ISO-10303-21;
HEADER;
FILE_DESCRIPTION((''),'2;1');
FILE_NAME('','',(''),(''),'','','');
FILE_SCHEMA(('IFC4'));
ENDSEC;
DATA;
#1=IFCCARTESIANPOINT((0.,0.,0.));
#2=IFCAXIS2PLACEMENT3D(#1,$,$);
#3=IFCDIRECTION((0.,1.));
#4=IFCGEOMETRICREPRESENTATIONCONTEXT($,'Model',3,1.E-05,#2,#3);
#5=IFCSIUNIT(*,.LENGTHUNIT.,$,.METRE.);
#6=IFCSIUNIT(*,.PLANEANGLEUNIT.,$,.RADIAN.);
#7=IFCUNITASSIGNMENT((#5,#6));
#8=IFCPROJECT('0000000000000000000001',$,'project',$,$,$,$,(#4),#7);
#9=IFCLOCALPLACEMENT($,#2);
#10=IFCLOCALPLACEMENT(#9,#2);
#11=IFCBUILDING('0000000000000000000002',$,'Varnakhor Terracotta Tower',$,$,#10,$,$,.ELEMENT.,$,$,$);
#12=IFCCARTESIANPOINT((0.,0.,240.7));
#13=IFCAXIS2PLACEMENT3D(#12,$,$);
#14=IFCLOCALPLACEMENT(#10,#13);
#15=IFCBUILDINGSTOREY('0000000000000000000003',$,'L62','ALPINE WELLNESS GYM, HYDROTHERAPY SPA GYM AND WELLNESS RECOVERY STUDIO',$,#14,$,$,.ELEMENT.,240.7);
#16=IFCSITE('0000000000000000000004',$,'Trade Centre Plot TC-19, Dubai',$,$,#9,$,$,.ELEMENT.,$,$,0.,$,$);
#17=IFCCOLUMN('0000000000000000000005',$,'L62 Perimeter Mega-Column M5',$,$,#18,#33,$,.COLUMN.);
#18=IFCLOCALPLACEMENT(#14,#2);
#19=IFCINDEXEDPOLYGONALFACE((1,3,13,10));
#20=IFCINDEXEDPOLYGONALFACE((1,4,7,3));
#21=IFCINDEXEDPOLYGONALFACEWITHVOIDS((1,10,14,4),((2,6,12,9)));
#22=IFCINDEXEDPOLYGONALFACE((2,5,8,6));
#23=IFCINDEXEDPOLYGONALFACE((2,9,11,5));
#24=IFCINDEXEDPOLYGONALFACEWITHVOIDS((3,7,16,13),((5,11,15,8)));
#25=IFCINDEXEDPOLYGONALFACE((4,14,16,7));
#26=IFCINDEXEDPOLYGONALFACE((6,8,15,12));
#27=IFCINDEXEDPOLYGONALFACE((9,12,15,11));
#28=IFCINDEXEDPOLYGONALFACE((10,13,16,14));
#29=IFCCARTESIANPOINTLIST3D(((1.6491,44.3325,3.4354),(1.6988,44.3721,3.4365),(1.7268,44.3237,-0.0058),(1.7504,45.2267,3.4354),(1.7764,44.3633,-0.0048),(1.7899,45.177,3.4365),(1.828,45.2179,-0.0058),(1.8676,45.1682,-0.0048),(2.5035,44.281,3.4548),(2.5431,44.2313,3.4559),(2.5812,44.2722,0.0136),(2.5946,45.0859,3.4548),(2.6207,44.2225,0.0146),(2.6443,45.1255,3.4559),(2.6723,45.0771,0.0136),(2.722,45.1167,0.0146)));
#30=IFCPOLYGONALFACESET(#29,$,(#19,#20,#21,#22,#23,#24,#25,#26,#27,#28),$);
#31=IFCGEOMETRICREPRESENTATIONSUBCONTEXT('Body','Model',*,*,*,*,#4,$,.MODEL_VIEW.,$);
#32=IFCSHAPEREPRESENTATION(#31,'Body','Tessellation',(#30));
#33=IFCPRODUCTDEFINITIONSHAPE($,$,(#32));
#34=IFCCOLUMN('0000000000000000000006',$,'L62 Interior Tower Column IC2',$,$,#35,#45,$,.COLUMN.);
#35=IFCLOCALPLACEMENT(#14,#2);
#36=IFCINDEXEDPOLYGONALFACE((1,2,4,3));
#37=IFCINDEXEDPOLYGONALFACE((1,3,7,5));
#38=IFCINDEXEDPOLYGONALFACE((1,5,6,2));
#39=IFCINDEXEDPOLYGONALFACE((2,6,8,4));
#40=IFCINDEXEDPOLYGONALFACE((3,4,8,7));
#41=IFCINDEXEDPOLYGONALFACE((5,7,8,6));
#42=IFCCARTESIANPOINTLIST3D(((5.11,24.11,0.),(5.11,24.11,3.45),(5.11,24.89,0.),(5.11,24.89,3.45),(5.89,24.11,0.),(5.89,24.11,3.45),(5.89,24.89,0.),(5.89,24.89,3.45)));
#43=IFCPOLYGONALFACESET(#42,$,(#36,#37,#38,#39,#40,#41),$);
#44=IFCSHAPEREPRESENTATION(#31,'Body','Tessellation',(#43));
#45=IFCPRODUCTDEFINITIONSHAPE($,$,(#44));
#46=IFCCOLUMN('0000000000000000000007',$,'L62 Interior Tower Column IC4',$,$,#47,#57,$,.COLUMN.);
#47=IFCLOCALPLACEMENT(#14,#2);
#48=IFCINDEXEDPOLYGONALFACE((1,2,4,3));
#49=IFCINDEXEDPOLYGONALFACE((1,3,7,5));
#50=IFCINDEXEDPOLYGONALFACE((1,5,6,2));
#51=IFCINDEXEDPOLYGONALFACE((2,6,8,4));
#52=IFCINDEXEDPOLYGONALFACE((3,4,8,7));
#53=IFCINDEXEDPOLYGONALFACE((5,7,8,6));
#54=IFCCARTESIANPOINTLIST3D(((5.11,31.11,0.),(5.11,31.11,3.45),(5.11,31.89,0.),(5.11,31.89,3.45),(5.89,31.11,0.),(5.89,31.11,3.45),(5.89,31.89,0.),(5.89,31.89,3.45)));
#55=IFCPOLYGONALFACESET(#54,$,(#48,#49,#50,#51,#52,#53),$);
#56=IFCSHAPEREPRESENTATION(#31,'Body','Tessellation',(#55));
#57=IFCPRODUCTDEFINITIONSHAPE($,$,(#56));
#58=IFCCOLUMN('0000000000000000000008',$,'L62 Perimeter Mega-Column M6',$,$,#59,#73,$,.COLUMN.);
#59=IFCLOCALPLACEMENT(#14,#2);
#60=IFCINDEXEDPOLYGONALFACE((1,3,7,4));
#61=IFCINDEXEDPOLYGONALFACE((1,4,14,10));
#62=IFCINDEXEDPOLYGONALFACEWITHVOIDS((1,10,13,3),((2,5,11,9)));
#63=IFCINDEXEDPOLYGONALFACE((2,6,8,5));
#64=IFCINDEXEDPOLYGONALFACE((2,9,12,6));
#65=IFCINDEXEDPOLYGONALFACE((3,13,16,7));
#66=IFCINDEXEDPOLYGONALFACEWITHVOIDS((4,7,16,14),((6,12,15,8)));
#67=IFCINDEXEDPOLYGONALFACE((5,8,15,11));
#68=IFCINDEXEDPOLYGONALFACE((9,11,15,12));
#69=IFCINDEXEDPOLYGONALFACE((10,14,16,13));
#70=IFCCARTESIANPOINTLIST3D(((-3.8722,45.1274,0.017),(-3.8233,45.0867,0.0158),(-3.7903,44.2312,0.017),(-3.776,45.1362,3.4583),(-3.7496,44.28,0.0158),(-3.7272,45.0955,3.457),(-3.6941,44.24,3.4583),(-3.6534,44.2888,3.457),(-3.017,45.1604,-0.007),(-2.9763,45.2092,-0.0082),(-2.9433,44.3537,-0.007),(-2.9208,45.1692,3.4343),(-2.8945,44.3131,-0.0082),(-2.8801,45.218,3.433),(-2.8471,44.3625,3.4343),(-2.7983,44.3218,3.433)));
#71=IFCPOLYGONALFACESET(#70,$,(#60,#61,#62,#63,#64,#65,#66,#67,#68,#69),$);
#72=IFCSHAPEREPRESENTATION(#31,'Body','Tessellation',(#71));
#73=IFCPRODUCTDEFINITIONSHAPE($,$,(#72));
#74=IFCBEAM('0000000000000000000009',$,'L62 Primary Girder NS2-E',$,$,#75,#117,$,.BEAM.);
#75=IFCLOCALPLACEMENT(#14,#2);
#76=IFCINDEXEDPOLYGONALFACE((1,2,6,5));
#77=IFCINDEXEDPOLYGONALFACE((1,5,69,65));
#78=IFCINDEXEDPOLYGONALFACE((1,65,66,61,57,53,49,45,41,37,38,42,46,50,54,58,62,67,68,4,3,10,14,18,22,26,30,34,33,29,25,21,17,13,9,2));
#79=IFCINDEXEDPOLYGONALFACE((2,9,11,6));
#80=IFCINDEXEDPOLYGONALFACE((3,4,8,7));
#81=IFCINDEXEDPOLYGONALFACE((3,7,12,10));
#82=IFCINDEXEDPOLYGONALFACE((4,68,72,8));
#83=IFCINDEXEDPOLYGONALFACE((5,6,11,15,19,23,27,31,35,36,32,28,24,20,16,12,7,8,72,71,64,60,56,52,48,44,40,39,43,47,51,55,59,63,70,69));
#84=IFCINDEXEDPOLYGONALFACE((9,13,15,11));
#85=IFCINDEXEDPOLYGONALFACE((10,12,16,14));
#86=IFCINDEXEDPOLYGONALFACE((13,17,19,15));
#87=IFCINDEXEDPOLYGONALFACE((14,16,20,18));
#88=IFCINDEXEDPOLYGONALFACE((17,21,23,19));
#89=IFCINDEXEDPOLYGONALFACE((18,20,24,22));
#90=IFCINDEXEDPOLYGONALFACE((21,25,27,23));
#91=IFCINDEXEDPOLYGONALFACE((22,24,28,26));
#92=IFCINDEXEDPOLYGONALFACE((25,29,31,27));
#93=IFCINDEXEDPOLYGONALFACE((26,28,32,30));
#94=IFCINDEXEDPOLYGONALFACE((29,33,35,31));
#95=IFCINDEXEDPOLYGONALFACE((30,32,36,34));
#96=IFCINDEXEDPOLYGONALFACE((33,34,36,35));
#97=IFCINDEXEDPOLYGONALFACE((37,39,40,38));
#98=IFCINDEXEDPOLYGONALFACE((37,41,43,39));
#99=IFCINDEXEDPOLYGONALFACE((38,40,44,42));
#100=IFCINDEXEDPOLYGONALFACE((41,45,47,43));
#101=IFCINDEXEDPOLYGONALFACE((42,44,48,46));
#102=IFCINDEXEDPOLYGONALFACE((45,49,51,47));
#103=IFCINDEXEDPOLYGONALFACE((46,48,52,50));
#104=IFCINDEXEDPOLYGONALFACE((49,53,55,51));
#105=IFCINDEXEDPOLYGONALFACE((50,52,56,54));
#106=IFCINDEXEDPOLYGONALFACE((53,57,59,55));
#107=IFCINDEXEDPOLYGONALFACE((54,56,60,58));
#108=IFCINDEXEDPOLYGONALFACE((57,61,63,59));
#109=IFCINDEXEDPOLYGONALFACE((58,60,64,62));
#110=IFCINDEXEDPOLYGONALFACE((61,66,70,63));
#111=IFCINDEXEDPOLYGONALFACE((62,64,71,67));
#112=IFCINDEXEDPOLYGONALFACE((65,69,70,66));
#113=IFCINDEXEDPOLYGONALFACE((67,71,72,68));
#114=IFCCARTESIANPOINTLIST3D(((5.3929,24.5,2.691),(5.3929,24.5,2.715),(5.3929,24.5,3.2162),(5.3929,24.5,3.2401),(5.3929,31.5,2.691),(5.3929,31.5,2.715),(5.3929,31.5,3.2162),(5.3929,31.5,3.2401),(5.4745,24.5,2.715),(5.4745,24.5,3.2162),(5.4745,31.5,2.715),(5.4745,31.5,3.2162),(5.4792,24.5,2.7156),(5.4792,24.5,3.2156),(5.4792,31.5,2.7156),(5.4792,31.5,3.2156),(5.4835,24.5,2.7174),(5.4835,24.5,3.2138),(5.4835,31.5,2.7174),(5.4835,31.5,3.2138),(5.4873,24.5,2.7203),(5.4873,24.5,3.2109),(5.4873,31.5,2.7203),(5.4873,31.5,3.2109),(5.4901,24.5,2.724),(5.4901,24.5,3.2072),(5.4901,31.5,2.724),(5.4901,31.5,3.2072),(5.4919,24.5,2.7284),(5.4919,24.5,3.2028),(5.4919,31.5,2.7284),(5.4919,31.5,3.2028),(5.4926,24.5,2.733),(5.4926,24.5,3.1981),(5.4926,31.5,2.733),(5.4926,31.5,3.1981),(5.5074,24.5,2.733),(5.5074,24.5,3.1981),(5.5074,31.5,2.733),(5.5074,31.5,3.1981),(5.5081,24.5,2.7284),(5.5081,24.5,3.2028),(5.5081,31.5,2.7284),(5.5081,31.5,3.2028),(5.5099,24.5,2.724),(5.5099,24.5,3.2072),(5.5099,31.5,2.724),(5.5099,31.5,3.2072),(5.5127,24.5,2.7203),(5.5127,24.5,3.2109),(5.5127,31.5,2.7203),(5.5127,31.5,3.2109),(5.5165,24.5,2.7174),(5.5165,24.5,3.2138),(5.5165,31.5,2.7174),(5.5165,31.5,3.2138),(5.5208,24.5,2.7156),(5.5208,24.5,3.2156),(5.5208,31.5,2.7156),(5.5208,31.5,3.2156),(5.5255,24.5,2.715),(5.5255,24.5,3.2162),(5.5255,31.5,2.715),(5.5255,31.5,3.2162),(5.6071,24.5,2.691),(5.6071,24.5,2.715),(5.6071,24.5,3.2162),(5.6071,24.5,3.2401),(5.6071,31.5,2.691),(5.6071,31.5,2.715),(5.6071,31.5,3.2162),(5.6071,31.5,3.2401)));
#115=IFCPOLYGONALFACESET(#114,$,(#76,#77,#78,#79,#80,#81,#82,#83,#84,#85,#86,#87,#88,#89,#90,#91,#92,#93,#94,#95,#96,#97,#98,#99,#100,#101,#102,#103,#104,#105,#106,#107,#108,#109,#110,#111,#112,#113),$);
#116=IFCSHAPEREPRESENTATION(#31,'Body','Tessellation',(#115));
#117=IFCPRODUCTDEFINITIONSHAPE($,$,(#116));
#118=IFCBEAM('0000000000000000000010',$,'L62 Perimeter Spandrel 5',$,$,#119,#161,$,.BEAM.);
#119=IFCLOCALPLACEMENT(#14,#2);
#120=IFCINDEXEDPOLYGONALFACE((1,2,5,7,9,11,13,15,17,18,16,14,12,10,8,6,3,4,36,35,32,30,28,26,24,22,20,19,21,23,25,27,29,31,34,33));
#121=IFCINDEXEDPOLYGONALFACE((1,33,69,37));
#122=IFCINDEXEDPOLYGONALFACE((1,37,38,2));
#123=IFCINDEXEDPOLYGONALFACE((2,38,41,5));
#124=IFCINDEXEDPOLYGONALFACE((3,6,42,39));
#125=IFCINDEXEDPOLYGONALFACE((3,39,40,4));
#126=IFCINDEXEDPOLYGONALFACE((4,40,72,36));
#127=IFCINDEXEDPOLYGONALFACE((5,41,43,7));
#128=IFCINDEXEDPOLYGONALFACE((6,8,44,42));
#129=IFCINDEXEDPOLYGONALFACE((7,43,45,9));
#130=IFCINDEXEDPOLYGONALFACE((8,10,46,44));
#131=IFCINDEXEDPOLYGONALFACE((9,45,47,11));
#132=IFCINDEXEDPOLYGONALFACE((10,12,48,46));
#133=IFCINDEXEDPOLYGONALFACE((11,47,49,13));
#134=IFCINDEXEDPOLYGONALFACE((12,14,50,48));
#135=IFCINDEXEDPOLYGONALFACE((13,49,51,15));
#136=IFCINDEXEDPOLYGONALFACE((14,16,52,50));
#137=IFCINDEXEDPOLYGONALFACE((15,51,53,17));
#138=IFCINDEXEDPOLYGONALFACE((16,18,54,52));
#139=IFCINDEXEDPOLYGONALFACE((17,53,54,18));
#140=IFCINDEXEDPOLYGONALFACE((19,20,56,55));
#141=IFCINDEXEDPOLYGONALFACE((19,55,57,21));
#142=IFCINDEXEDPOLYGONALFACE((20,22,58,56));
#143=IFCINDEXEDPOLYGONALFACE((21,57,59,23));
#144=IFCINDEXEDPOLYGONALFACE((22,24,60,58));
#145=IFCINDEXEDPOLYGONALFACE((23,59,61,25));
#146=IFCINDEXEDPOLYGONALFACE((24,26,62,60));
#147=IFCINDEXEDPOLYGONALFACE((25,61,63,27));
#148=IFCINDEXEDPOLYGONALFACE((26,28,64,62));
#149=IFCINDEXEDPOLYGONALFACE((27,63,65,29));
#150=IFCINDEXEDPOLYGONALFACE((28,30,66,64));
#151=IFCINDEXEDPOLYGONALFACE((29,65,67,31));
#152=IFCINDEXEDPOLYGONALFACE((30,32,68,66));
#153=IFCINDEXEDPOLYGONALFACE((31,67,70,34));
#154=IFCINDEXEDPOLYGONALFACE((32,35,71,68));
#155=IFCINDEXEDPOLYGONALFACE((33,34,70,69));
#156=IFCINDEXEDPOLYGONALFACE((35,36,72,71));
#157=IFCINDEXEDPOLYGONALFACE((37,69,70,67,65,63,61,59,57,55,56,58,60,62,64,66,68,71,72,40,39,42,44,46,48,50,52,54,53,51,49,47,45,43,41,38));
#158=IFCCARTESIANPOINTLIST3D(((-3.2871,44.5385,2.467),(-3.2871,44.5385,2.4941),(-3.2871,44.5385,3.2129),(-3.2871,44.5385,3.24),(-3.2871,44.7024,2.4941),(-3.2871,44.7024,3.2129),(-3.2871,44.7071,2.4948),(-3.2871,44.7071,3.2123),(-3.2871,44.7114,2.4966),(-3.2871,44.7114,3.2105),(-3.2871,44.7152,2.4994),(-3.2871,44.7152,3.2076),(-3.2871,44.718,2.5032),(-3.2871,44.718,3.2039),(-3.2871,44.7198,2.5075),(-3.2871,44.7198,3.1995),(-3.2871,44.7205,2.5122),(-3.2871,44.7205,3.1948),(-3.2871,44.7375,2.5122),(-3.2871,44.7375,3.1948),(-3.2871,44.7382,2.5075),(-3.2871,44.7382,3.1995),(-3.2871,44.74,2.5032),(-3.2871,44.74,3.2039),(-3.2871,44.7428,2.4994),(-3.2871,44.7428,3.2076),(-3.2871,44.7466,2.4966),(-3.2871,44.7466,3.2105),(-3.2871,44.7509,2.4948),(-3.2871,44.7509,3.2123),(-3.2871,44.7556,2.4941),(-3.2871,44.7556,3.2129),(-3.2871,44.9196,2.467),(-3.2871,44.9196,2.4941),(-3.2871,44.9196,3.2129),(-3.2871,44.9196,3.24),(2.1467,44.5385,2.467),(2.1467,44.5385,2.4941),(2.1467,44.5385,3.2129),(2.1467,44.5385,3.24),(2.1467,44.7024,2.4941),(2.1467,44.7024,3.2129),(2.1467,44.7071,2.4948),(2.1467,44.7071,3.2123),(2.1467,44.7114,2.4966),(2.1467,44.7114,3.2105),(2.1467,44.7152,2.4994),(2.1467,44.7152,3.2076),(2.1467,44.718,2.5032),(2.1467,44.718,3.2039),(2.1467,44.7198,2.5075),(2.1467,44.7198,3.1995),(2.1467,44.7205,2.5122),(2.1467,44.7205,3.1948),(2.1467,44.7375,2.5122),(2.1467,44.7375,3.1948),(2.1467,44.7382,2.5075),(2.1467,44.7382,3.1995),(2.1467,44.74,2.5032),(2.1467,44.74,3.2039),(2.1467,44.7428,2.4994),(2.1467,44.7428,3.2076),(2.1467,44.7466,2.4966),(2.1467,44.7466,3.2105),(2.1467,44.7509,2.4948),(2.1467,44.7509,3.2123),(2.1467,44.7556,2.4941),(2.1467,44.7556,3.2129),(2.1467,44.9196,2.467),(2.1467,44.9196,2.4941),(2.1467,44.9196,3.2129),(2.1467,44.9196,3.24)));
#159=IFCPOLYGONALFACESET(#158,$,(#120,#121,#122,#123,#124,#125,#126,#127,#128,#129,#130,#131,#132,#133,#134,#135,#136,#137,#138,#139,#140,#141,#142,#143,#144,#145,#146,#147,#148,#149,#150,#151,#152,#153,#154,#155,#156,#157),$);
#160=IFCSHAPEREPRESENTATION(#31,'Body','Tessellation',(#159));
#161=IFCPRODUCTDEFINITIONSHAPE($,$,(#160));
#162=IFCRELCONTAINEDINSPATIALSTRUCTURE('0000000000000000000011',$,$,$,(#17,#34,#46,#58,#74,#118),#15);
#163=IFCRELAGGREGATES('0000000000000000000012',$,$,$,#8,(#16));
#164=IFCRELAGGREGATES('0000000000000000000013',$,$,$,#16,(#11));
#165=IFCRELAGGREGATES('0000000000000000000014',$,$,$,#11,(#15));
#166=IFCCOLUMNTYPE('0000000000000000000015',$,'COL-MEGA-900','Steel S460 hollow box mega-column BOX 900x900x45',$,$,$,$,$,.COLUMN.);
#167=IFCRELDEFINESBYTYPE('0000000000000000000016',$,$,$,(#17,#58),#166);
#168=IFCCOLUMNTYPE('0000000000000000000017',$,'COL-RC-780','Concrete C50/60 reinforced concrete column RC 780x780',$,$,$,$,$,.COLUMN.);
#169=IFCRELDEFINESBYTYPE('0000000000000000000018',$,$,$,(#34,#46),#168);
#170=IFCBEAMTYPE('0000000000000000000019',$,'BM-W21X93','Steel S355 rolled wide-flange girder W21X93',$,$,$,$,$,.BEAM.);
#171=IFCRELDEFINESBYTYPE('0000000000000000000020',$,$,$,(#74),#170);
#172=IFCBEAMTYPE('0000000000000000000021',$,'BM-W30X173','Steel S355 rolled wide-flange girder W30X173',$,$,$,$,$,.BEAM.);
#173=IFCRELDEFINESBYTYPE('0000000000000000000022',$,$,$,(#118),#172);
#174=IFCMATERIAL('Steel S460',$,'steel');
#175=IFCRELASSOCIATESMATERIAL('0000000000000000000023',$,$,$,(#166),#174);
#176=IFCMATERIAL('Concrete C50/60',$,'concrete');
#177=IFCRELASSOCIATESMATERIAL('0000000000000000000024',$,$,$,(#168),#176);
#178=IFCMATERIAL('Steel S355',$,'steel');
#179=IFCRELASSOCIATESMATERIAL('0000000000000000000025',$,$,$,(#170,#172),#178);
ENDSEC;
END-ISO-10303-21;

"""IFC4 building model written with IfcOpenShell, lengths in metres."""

from ifc_helpers import new_model, si_unit, direction, frame, origin, origin_2d, place, context, subcontext, project, spatial, rectangle, hollow_rectangle, i_section, extrude, source, transform, mapped, material, material_profile, profile_set, type_object, element, save


model = new_model("IFC4")

# Units and contexts
model_context = context("Model", 3, precision=1e-05, world=origin(), true_north=direction((0.0, 1.0)))
body_context = subcontext(model_context, "Body", "Model", "MODEL_VIEW")
ifc_project = project(units=[si_unit("LENGTHUNIT", "METRE"), si_unit("PLANEANGLEUNIT", "RADIAN")], contexts=[model_context])

# Site, building, storey
site_placement = place(None, origin())
site = spatial("IfcSite", under=ifc_project, at=site_placement, Name="Trade Centre Plot TC-19, Dubai", CompositionType="ELEMENT", RefElevation=0.0)
building_placement = place(site_placement, origin())
building = spatial("IfcBuilding", under=site, at=building_placement, Name="Varnakhor Terracotta Tower", CompositionType="ELEMENT")
storey_placement = place(building_placement, frame((0.0, 0.0, 240.7)))
storey = spatial("IfcBuildingStorey", under=building, at=storey_placement, Name="L62", Description="ALPINE WELLNESS GYM, HYDROTHERAPY SPA GYM AND WELLNESS RECOVERY STUDIO", CompositionType="ELEMENT", Elevation=240.7)

# Columns
ifc_material_1 = material(Name="Steel S460", Category="steel")
ifc_material_profile_1 = material_profile(ifc_material_1, hollow_rectangle(XDim=0.8999, YDim=0.8999, WallThickness=0.0449, at=origin_2d()), Name="BOX 900x900x45")
ifc_profile_set_1 = profile_set([ifc_material_profile_1], Name="Steel S460")
column_type_1 = type_object("IfcColumnType", Name="COL-MEGA-900", Description="Steel S460 hollow box mega-column BOX 900x900x45", PredefinedType="COLUMN", material=ifc_profile_set_1)
shared_shape_1 = source(origin(), body_context, "Body", "SweptSolid", [
    extrude(hollow_rectangle(XDim=0.8999, YDim=0.8999, WallThickness=0.0449, at=origin_2d()), origin(), (0.0, 0.0, 1.0), 3.4421),
])
column_1_placement = place(storey_placement, frame((2.2244, 44.7202, 0.0044), z_axis=(-0.022555, 0.002553, 0.999742), x_axis=(-0.112489, -0.993653, 0.0)))
element("IfcColumn", 1, at=column_1_placement, inside=storey, type_object=column_type_1, Name="L62 Perimeter Mega-Column M5", PredefinedType="COLUMN", context=body_context, shape_type="MappedRepresentation", body=[
    mapped(shared_shape_1, transform((0.0, 0.0, 0.0), scale=1.0)),
])
ifc_material_2 = material(Name="Concrete C50/60", Category="concrete")
ifc_material_profile_2 = material_profile(ifc_material_2, rectangle(XDim=0.78, YDim=0.78, at=origin_2d()), Name="RC 780x780")
ifc_profile_set_2 = profile_set([ifc_material_profile_2], Name="Concrete C50/60")
column_type_2 = type_object("IfcColumnType", Name="COL-RC-780", Description="Concrete C50/60 reinforced concrete column RC 780x780", PredefinedType="COLUMN", material=ifc_profile_set_2)
shared_shape_2 = source(origin(), body_context, "Body", "SweptSolid", [
    extrude(rectangle(XDim=0.78, YDim=0.78, at=origin_2d()), origin(), (0.0, 0.0, 1.0), 3.45),
])
for number, where, z_axis, x_axis, name in (
    (2, (5.5, 24.5, 0.0), (0.0, 0.0, 1.0), (1.0, 0.0, 0.0), "L62 Interior Tower Column IC2"),
    (3, (5.5, 31.5, 0.0), (0.0, 0.0, 1.0), (1.0, 0.0, 0.0), "L62 Interior Tower Column IC4"),
):
    element("IfcColumn", number, at=place(storey_placement, frame(where, z_axis=z_axis, x_axis=x_axis)), inside=storey, type_object=column_type_2, Name=name, PredefinedType="COLUMN", context=body_context, shape_type="MappedRepresentation", body=[
        mapped(shared_shape_2, transform((0.0, 0.0, 0.0), scale=1.0)),
    ])
shared_shape_3 = source(origin(), body_context, "Body", "SweptSolid", [
    extrude(hollow_rectangle(XDim=0.8999, YDim=0.8999, WallThickness=0.0449, at=origin_2d()), origin(), (0.0, 0.0, 1.0), 3.4426),
])
column_2_placement = place(storey_placement, frame((-3.3833, 44.7202, 0.0044), z_axis=(0.027942, 0.002553, 0.999606), x_axis=(-0.090992, 0.995852, 0.0)))
element("IfcColumn", 4, at=column_2_placement, inside=storey, type_object=column_type_1, Name="L62 Perimeter Mega-Column M6", PredefinedType="COLUMN", context=body_context, shape_type="MappedRepresentation", body=[
    mapped(shared_shape_3, transform((0.0, 0.0, 0.0), scale=1.0)),
])

# Beams
ifc_material_3 = material(Name="Steel S355", Category="steel")
ifc_material_profile_3 = material_profile(ifc_material_3, i_section(OverallWidth=0.2141, OverallDepth=0.5491, WebThickness=0.0149, FlangeThickness=0.0239, FilletRadius=0.0181, at=origin_2d()), Name="W21X93")
ifc_profile_set_3 = profile_set([ifc_material_profile_3], Name="Steel S355")
beam_type_1 = type_object("IfcBeamType", Name="BM-W21X93", Description="Steel S355 rolled wide-flange girder W21X93", PredefinedType="BEAM", material=ifc_profile_set_3)
shared_shape_4 = source(origin(), body_context, "Body", "SweptSolid", [
    extrude(i_section(OverallWidth=0.2141, OverallDepth=0.5491, WebThickness=0.0149, FlangeThickness=0.0239, FilletRadius=0.0181, at=origin_2d()), origin(), (0.0, 0.0, 1.0), 7.0),
])
beam_1_placement = place(storey_placement, frame((5.5, 24.5, 2.9656), z_axis=(0.0, 1.0, 0.0), x_axis=(-1.0, 0.0, 0.0)))
element("IfcBeam", 5, at=beam_1_placement, inside=storey, type_object=beam_type_1, Name="L62 Primary Girder NS2-E", PredefinedType="BEAM", context=body_context, shape_type="MappedRepresentation", body=[
    mapped(shared_shape_4, transform((0.0, 0.0, 0.0), scale=1.0)),
])
ifc_material_profile_4 = material_profile(ifc_material_3, i_section(OverallWidth=0.3811, OverallDepth=0.7729, WebThickness=0.0171, FlangeThickness=0.0271, FilletRadius=0.0181, at=origin_2d()), Name="W30X173")
ifc_profile_set_4 = profile_set([ifc_material_profile_4], Name="Steel S355")
beam_type_2 = type_object("IfcBeamType", Name="BM-W30X173", Description="Steel S355 rolled wide-flange girder W30X173", PredefinedType="BEAM", material=ifc_profile_set_4)
shared_shape_5 = source(origin(), body_context, "Body", "SweptSolid", [
    extrude(i_section(OverallWidth=0.3811, OverallDepth=0.7729, WebThickness=0.0171, FlangeThickness=0.0271, FilletRadius=0.0181, at=origin_2d()), origin(), (0.0, 0.0, 1.0), 5.4338),
])
beam_2_placement = place(storey_placement, frame((2.1467, 44.729, 2.8535), z_axis=(-1.0, 0.0, 0.0), x_axis=(0.0, -1.0, 0.0)))
element("IfcBeam", 6, at=beam_2_placement, inside=storey, type_object=beam_type_2, Name="L62 Perimeter Spandrel 5", PredefinedType="BEAM", context=body_context, shape_type="MappedRepresentation", body=[
    mapped(shared_shape_5, transform((0.0, 0.0, 0.0), scale=1.0)),
])

save(model, "model.ifc")
